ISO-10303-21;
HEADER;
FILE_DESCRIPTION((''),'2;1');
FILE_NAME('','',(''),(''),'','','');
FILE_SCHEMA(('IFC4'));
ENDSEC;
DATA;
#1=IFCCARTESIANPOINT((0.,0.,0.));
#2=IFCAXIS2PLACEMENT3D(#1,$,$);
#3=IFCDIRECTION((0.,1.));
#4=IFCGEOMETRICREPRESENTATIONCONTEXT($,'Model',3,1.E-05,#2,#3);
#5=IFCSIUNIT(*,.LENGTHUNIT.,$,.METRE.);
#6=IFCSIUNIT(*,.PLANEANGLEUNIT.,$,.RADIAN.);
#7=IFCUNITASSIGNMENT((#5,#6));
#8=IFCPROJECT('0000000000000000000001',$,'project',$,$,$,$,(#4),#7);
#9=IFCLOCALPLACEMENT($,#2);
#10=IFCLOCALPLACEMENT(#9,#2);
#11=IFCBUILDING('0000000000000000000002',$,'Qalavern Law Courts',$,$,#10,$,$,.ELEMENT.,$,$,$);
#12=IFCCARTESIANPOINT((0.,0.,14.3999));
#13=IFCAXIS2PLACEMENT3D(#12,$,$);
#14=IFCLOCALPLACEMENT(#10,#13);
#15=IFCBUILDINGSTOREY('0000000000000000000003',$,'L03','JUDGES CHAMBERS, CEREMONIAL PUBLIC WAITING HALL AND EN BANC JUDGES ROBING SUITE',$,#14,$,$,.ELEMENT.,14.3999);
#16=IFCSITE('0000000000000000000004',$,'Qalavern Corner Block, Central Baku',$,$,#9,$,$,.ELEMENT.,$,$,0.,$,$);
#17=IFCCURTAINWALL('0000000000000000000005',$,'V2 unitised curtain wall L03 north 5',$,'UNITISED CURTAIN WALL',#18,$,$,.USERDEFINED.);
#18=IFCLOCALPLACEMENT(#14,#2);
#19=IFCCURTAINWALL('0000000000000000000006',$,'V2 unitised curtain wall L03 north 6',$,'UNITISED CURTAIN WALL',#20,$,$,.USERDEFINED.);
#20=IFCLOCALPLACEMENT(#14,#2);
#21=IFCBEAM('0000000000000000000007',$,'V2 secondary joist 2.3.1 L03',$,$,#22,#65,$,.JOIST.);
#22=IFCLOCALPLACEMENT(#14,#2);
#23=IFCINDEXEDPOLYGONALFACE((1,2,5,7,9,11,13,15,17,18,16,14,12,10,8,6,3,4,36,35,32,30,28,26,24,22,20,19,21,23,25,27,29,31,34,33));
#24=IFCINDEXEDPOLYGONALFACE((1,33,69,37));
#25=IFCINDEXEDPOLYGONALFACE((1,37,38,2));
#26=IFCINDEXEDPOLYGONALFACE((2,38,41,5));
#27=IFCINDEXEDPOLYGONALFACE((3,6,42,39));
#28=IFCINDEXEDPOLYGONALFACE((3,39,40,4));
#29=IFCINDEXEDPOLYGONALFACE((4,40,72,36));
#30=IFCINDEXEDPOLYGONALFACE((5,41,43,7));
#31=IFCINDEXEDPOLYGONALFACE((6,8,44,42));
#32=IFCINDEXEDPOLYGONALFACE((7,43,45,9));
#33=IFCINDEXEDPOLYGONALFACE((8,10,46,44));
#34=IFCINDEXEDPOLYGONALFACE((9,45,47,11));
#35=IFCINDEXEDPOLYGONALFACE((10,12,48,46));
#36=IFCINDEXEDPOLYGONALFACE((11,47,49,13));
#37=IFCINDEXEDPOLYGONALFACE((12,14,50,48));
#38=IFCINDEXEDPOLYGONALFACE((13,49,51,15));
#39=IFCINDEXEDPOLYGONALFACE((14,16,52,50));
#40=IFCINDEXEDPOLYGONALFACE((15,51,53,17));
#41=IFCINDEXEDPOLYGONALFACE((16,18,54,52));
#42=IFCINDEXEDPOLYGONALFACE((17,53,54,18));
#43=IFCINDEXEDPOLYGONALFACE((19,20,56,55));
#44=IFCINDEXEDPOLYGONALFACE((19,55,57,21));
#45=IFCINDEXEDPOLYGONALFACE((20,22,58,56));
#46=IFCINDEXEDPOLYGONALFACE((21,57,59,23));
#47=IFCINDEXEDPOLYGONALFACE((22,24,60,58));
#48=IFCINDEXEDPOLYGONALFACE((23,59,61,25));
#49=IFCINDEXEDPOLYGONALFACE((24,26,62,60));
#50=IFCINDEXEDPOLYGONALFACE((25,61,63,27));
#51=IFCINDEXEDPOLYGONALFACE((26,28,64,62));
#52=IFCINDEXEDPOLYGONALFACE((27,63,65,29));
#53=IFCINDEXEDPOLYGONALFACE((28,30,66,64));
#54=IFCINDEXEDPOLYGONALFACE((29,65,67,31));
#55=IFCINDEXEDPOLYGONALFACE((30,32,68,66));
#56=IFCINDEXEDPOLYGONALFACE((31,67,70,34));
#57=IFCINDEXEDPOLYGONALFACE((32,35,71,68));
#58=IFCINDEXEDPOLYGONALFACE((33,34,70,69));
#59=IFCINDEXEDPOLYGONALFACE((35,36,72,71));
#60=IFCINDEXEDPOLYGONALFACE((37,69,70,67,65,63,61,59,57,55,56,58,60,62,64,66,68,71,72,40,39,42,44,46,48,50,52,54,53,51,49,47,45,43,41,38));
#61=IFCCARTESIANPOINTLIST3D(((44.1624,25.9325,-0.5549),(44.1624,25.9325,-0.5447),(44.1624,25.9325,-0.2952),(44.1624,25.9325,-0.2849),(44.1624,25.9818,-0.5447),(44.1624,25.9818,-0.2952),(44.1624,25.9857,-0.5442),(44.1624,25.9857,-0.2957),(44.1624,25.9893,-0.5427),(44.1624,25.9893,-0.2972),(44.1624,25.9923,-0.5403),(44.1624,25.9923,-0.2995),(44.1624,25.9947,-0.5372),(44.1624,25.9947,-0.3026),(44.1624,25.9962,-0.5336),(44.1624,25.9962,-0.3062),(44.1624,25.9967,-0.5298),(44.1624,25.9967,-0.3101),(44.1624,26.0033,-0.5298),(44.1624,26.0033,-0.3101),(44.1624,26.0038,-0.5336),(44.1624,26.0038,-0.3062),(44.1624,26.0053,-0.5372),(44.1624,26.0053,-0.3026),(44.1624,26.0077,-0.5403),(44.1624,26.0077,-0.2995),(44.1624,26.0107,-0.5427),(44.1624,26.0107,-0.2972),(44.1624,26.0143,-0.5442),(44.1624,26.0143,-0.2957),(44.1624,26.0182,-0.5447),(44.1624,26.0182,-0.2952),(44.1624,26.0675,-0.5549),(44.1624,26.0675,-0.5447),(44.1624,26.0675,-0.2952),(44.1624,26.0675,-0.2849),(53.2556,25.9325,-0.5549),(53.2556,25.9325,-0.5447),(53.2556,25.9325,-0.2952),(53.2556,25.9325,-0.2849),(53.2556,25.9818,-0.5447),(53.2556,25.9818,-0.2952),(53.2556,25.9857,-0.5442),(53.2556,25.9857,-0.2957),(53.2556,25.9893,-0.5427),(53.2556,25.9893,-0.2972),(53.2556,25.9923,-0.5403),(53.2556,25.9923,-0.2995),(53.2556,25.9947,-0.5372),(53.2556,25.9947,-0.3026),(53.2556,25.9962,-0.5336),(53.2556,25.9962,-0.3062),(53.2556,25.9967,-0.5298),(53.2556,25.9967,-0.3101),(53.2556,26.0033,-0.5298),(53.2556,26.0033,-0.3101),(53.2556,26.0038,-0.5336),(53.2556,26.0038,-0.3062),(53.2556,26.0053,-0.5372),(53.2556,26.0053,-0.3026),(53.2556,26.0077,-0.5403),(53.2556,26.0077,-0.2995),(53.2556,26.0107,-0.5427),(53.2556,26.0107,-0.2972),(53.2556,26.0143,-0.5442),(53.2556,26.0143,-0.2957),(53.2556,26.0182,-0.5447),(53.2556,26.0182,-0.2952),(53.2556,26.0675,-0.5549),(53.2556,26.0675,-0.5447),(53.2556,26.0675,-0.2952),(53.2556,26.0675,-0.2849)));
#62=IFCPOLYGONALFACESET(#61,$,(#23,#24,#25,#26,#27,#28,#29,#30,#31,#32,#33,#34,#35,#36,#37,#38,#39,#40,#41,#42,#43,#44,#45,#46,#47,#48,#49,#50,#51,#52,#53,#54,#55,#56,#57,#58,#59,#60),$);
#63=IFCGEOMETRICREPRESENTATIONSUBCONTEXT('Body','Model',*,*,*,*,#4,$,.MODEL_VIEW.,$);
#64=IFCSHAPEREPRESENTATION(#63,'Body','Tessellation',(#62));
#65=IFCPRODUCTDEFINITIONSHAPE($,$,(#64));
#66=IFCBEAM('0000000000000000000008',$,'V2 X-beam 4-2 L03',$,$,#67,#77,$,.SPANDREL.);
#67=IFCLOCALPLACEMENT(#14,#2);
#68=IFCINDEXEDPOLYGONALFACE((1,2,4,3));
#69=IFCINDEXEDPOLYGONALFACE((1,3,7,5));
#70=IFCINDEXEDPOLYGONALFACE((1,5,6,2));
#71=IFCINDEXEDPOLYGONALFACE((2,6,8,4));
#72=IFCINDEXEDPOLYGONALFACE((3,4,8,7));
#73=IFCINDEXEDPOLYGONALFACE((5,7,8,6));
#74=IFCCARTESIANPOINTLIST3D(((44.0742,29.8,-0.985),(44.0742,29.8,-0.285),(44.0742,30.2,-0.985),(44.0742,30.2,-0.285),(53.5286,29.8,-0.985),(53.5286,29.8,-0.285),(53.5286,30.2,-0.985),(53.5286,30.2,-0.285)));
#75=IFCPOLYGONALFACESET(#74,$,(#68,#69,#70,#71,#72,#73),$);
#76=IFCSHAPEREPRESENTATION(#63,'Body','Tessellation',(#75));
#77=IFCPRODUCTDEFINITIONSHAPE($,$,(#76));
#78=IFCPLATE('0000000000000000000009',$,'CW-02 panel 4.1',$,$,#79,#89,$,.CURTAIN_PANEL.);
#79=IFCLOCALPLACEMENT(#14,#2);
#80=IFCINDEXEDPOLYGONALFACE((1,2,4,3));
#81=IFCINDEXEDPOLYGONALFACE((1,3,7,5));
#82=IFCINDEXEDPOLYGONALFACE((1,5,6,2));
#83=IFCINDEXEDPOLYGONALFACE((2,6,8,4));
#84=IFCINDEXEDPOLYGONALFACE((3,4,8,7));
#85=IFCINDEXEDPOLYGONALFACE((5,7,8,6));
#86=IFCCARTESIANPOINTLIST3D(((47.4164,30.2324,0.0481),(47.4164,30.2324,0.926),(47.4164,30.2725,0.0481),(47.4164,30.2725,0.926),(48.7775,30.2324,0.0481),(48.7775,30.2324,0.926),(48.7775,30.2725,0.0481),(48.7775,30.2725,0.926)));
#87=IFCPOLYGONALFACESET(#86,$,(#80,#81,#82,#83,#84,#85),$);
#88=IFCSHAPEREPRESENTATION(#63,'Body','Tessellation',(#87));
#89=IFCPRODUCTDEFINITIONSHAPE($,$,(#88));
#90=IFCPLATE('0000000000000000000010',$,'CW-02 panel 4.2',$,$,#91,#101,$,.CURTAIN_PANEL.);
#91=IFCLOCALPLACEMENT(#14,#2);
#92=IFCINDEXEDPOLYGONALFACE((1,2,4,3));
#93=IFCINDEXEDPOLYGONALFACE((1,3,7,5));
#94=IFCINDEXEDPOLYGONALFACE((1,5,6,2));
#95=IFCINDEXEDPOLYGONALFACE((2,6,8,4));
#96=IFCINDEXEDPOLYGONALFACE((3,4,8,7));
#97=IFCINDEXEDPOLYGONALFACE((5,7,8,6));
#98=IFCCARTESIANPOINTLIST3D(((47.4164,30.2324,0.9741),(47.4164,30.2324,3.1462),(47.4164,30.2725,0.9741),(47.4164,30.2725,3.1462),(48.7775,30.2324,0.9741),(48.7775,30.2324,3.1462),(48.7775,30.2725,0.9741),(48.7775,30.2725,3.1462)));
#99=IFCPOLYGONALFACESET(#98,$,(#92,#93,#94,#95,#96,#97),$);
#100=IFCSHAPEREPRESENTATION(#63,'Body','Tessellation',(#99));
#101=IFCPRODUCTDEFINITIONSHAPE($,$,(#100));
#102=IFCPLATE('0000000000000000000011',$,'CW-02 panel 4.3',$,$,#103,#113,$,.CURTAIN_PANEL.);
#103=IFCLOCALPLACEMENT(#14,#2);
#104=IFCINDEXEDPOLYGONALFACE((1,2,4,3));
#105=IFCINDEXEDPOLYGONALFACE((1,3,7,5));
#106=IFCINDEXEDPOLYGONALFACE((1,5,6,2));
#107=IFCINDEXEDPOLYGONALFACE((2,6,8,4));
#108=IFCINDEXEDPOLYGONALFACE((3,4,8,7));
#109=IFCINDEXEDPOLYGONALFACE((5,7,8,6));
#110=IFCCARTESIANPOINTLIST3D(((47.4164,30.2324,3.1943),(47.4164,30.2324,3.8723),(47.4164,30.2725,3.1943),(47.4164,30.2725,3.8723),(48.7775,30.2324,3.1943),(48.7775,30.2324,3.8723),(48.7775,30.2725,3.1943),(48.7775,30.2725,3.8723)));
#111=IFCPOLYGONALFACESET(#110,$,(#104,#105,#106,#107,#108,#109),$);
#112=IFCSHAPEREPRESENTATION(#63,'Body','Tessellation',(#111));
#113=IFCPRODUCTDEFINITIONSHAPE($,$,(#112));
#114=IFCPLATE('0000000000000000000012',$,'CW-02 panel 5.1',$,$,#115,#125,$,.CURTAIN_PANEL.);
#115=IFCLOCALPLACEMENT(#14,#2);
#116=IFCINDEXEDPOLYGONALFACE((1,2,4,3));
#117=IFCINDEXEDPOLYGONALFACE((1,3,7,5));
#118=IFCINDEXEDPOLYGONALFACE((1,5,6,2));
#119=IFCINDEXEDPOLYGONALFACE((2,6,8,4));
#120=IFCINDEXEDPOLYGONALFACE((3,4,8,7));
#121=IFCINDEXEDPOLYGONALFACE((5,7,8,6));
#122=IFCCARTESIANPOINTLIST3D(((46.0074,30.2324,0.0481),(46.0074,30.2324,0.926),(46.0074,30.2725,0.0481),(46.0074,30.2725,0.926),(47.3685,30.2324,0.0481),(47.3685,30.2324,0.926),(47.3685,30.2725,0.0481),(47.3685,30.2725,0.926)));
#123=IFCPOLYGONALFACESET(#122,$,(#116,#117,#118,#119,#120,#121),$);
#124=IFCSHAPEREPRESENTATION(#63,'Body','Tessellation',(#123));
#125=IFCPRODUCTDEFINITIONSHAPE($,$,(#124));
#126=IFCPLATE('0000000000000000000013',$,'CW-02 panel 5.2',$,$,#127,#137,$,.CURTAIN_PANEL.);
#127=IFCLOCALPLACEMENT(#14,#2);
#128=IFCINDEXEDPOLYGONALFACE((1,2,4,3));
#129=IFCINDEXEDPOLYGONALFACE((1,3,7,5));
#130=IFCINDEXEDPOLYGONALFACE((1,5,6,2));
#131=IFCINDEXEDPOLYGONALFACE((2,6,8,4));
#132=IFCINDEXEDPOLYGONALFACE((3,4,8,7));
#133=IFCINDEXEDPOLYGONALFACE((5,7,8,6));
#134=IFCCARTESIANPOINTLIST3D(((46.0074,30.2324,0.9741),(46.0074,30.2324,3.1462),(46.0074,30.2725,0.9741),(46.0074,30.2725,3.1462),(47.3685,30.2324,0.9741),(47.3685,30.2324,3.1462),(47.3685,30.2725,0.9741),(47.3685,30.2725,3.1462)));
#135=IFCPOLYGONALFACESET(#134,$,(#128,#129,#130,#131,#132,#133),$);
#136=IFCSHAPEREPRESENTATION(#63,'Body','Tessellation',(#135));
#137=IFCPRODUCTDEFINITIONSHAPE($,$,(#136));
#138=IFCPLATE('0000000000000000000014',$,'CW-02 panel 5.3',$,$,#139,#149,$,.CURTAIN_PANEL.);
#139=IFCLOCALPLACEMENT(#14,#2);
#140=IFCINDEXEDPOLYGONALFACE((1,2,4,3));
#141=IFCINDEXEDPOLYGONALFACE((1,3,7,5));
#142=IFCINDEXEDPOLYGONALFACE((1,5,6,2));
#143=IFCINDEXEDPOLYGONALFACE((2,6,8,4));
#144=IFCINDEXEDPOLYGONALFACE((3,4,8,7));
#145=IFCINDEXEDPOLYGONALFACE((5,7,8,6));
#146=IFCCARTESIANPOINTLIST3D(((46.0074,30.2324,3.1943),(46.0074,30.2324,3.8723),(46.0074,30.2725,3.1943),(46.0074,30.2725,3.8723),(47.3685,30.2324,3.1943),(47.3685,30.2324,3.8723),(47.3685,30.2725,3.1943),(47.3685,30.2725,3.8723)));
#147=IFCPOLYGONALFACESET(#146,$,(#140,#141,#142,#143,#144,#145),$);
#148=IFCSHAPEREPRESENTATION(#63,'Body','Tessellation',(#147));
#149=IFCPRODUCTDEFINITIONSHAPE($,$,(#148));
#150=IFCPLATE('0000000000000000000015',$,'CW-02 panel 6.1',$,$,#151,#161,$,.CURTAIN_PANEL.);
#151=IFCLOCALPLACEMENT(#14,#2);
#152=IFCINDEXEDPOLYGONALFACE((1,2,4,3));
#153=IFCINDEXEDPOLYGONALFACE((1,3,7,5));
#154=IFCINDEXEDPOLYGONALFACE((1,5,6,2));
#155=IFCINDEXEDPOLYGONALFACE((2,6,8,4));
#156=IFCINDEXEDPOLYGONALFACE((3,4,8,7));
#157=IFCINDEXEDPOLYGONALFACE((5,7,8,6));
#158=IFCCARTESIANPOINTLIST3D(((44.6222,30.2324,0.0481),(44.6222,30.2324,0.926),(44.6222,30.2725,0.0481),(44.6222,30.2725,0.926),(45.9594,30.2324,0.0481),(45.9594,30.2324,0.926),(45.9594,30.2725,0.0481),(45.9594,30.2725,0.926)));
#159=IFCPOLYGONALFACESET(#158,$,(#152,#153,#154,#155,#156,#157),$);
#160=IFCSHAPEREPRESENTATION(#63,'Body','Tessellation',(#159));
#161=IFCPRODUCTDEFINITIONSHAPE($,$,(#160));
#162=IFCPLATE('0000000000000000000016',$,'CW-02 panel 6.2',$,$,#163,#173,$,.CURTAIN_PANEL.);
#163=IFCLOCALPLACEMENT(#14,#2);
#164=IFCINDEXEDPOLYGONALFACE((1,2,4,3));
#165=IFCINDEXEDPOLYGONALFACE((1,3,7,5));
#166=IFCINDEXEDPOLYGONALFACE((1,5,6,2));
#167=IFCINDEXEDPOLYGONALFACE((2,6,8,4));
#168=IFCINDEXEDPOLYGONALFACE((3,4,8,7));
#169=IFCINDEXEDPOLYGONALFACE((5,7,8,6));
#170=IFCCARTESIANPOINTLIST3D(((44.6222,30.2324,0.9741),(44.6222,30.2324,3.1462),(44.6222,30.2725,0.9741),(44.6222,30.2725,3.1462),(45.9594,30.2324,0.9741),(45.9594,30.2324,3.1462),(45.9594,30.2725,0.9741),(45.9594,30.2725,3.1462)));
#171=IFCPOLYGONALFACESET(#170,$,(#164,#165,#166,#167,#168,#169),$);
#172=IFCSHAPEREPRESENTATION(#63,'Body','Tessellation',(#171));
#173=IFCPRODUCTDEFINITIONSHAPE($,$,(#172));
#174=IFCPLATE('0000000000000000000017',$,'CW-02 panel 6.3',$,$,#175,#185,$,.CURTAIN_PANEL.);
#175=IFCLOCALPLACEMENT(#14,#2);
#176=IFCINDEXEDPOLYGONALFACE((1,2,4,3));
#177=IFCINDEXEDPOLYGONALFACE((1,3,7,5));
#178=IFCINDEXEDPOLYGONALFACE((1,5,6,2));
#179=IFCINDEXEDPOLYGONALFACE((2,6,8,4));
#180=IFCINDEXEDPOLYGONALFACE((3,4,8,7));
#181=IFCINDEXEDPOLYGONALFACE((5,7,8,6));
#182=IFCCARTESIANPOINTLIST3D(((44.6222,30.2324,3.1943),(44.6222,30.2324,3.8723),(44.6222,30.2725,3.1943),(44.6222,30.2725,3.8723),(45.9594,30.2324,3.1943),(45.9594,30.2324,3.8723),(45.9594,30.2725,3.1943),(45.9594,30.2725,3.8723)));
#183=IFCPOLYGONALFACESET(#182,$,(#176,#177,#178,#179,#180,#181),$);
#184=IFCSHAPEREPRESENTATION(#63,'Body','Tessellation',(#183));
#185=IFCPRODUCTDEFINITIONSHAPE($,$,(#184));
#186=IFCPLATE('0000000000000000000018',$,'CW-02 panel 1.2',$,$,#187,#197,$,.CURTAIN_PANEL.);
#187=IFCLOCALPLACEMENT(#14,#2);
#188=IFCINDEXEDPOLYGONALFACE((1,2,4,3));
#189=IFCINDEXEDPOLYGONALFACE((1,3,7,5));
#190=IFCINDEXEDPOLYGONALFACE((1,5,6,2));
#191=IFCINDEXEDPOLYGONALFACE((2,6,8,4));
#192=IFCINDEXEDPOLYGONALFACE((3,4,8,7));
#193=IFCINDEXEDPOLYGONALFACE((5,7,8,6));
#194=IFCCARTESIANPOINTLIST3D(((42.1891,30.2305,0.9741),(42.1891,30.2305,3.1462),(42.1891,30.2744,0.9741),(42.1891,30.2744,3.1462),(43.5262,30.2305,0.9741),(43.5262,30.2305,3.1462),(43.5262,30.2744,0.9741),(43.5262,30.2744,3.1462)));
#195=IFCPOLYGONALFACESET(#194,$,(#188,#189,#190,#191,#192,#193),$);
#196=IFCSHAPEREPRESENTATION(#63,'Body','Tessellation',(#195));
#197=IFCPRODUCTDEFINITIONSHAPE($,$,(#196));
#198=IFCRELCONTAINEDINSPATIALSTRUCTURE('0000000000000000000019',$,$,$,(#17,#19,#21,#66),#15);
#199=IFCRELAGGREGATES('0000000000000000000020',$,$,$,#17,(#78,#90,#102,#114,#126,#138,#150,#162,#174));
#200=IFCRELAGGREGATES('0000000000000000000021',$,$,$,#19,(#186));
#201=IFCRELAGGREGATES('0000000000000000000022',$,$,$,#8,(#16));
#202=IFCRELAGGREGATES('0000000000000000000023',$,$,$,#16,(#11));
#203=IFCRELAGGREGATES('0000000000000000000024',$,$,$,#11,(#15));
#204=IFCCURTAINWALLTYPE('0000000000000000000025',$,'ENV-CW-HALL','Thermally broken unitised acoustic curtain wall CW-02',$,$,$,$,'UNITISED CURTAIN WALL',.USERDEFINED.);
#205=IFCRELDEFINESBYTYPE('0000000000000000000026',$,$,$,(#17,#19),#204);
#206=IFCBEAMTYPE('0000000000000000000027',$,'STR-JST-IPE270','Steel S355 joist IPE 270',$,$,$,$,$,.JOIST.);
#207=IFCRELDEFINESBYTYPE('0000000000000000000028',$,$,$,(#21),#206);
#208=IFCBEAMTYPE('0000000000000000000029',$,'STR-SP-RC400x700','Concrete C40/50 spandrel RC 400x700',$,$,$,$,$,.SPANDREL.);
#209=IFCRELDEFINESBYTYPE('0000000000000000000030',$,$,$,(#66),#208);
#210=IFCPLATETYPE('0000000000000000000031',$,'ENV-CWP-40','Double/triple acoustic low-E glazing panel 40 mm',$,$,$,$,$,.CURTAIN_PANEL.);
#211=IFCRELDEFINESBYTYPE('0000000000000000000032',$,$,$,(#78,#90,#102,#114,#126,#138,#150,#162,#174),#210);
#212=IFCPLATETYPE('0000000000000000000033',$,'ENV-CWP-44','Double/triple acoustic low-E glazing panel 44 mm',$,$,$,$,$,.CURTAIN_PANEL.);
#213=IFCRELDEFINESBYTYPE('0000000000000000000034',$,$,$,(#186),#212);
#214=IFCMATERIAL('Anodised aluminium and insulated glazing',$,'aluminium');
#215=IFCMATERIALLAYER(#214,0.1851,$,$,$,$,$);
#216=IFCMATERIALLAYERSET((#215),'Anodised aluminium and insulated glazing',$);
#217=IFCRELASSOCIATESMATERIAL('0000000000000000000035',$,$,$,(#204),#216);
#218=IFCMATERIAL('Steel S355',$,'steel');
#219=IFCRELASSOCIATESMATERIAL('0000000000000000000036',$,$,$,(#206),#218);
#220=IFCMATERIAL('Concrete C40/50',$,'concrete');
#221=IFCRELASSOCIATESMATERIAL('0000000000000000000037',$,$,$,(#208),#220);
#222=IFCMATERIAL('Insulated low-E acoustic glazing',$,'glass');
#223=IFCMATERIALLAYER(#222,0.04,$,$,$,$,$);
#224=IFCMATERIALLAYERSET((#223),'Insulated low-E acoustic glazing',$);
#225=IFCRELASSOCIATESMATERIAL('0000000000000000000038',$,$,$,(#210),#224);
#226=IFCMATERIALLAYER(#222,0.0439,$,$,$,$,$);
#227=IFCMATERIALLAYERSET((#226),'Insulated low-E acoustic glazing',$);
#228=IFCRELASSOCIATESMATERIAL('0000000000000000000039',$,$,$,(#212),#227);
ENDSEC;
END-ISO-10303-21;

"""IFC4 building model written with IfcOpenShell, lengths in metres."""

from ifc_helpers import new_model, si_unit, direction, frame, origin, origin_2d, place, context, subcontext, project, spatial, rectangle, i_section, extrude, material, layer, layer_set, material_profile, profile_set, type_object, element, aggregate, save


model = new_model("IFC4")

# Units and contexts
model_context = context("Model", 3, precision=1e-05, world=origin(), true_north=direction((0.0, 1.0)))
body_context = subcontext(model_context, "Body", "Model", "MODEL_VIEW")
ifc_project = project(units=[si_unit("LENGTHUNIT", "METRE"), si_unit("PLANEANGLEUNIT", "RADIAN")], contexts=[model_context])

# Site, building, storey
site_placement = place(None, origin())
site = spatial("IfcSite", under=ifc_project, at=site_placement, Name="Qalavern Corner Block, Central Baku", CompositionType="ELEMENT", RefElevation=0.0)
building_placement = place(site_placement, origin())
building = spatial("IfcBuilding", under=site, at=building_placement, Name="Qalavern Law Courts", CompositionType="ELEMENT")
storey_placement = place(building_placement, frame((0.0, 0.0, 14.3999)))
storey = spatial("IfcBuildingStorey", under=building, at=storey_placement, Name="L03", Description="JUDGES CHAMBERS, CEREMONIAL PUBLIC WAITING HALL AND EN BANC JUDGES ROBING SUITE", CompositionType="ELEMENT", Elevation=14.3999)

# Curtain wall
ifc_material_1 = material(Name="Anodised aluminium and insulated glazing", Category="aluminium")
ifc_layer_1 = layer(ifc_material_1, 0.1851)
ifc_layer_set_1 = layer_set([ifc_layer_1], Name="Anodised aluminium and insulated glazing")
curtain_wall_type = type_object("IfcCurtainWallType", Name="ENV-CW-HALL", Description="Thermally broken unitised acoustic curtain wall CW-02", ElementType="UNITISED CURTAIN WALL", PredefinedType="USERDEFINED", material=ifc_layer_set_1)
curtain_wall_1_placement = place(storey_placement, origin())
curtain_wall_1 = element("IfcCurtainWall", 1, at=curtain_wall_1_placement, inside=storey, type_object=curtain_wall_type, Name="V2 unitised curtain wall L03 north 5", ObjectType="UNITISED CURTAIN WALL", PredefinedType="USERDEFINED")

# Curtain wall
curtain_wall_2_placement = place(storey_placement, origin())
curtain_wall_2 = element("IfcCurtainWall", 2, at=curtain_wall_2_placement, inside=storey, type_object=curtain_wall_type, Name="V2 unitised curtain wall L03 north 6", ObjectType="UNITISED CURTAIN WALL", PredefinedType="USERDEFINED")

# Beams
ifc_material_2 = material(Name="Steel S355", Category="steel")
ifc_material_3 = material(Name="Concrete C40/50", Category="concrete")
ifc_material_profile_1 = material_profile(ifc_material_2, i_section(OverallWidth=0.135, OverallDepth=0.27, WebThickness=0.0066, FlangeThickness=0.0103, FilletRadius=0.0149, at=origin_2d()), Name="IPE 270")
ifc_profile_set_1 = profile_set([ifc_material_profile_1], Name="Steel S355")
beam_type_1 = type_object("IfcBeamType", Name="STR-JST-IPE270", Description="Steel S355 joist IPE 270", PredefinedType="JOIST", material=ifc_profile_set_1)
beam_1_placement = place(storey_placement, frame((44.1624, 26.0, -0.4199), z_axis=(1.0, 0.0, 0.0), x_axis=(0.0, 1.0, 0.0)))
element("IfcBeam", 3, at=beam_1_placement, inside=storey, type_object=beam_type_1, Name="V2 secondary joist 2.3.1 L03", PredefinedType="JOIST", context=body_context, shape_type="SweptSolid", body=[
    extrude(i_section(OverallWidth=0.135, OverallDepth=0.27, WebThickness=0.0066, FlangeThickness=0.0103, FilletRadius=0.0149, at=origin_2d()), origin(), (0.0, 0.0, 1.0), 9.0933),
])
ifc_material_profile_2 = material_profile(ifc_material_3, rectangle(XDim=0.3999, YDim=0.7, at=origin_2d()), Name="RC 400x700")
ifc_profile_set_2 = profile_set([ifc_material_profile_2], Name="Concrete C40/50")
beam_type_2 = type_object("IfcBeamType", Name="STR-SP-RC400x700", Description="Concrete C40/50 spandrel RC 400x700", PredefinedType="SPANDREL", material=ifc_profile_set_2)
beam_2_placement = place(storey_placement, frame((44.0742, 30.0, -0.635), z_axis=(1.0, 0.0, 0.0), x_axis=(0.0, 1.0, 0.0)))
element("IfcBeam", 4, at=beam_2_placement, inside=storey, type_object=beam_type_2, Name="V2 X-beam 4-2 L03", PredefinedType="SPANDREL", context=body_context, shape_type="SweptSolid", body=[
    extrude(rectangle(XDim=0.3999, YDim=0.7, at=origin_2d()), origin(), (0.0, 0.0, 1.0), 9.4543),
])

# Plates
ifc_material_4 = material(Name="Insulated low-E acoustic glazing", Category="glass")
ifc_layer_2 = layer(ifc_material_4, 0.04)
ifc_layer_set_2 = layer_set([ifc_layer_2], Name="Insulated low-E acoustic glazing")
plate_type_1 = type_object("IfcPlateType", Name="ENV-CWP-40", Description="Double/triple acoustic low-E glazing panel 40 mm", PredefinedType="CURTAIN_PANEL", material=ifc_layer_set_2)
plate_1_placement = place(storey_placement, frame((48.0969, 30.2524, 0.0481), z_axis=(0.0, 0.0, 1.0), x_axis=(-1.0, 0.0, 0.0)))
plate_1 = element("IfcPlate", 5, at=plate_1_placement, type_object=plate_type_1, Name="CW-02 panel 4.1", PredefinedType="CURTAIN_PANEL", context=body_context, shape_type="SweptSolid", body=[
    extrude(rectangle(XDim=1.3611, YDim=0.04, at=origin_2d()), origin(), (0.0, 0.0, 1.0), 0.8779),
])
plate_2_placement = place(storey_placement, frame((48.0969, 30.2524, 0.9741), z_axis=(0.0, 0.0, 1.0), x_axis=(-1.0, 0.0, 0.0)))
plate_2 = element("IfcPlate", 6, at=plate_2_placement, type_object=plate_type_1, Name="CW-02 panel 4.2", PredefinedType="CURTAIN_PANEL", context=body_context, shape_type="SweptSolid", body=[
    extrude(rectangle(XDim=1.3611, YDim=0.04, at=origin_2d()), origin(), (0.0, 0.0, 1.0), 2.1721),
])
plate_3_placement = place(storey_placement, frame((48.0969, 30.2524, 3.1943), z_axis=(0.0, 0.0, 1.0), x_axis=(-1.0, 0.0, 0.0)))
plate_3 = element("IfcPlate", 7, at=plate_3_placement, type_object=plate_type_1, Name="CW-02 panel 4.3", PredefinedType="CURTAIN_PANEL", context=body_context, shape_type="SweptSolid", body=[
    extrude(rectangle(XDim=1.3611, YDim=0.04, at=origin_2d()), origin(), (0.0, 0.0, 1.0), 0.678),
])
plate_4_placement = place(storey_placement, frame((46.688, 30.2524, 0.0481), z_axis=(0.0, 0.0, 1.0), x_axis=(-1.0, 0.0, 0.0)))
plate_4 = element("IfcPlate", 8, at=plate_4_placement, type_object=plate_type_1, Name="CW-02 panel 5.1", PredefinedType="CURTAIN_PANEL", context=body_context, shape_type="SweptSolid", body=[
    extrude(rectangle(XDim=1.3611, YDim=0.04, at=origin_2d()), origin(), (0.0, 0.0, 1.0), 0.8779),
])
plate_5_placement = place(storey_placement, frame((46.688, 30.2524, 0.9741), z_axis=(0.0, 0.0, 1.0), x_axis=(-1.0, 0.0, 0.0)))
plate_5 = element("IfcPlate", 9, at=plate_5_placement, type_object=plate_type_1, Name="CW-02 panel 5.2", PredefinedType="CURTAIN_PANEL", context=body_context, shape_type="SweptSolid", body=[
    extrude(rectangle(XDim=1.3611, YDim=0.04, at=origin_2d()), origin(), (0.0, 0.0, 1.0), 2.1721),
])
plate_6_placement = place(storey_placement, frame((46.688, 30.2524, 3.1943), z_axis=(0.0, 0.0, 1.0), x_axis=(-1.0, 0.0, 0.0)))
plate_6 = element("IfcPlate", 10, at=plate_6_placement, type_object=plate_type_1, Name="CW-02 panel 5.3", PredefinedType="CURTAIN_PANEL", context=body_context, shape_type="SweptSolid", body=[
    extrude(rectangle(XDim=1.3611, YDim=0.04, at=origin_2d()), origin(), (0.0, 0.0, 1.0), 0.678),
])
plate_7_placement = place(storey_placement, frame((45.2908, 30.2524, 0.0481), z_axis=(0.0, 0.0, 1.0), x_axis=(-1.0, 0.0, 0.0)))
plate_7 = element("IfcPlate", 11, at=plate_7_placement, type_object=plate_type_1, Name="CW-02 panel 6.1", PredefinedType="CURTAIN_PANEL", context=body_context, shape_type="SweptSolid", body=[
    extrude(rectangle(XDim=1.3372, YDim=0.04, at=origin_2d()), origin(), (0.0, 0.0, 1.0), 0.8779),
])
plate_8_placement = place(storey_placement, frame((45.2908, 30.2524, 0.9741), z_axis=(0.0, 0.0, 1.0), x_axis=(-1.0, 0.0, 0.0)))
plate_8 = element("IfcPlate", 12, at=plate_8_placement, type_object=plate_type_1, Name="CW-02 panel 6.2", PredefinedType="CURTAIN_PANEL", context=body_context, shape_type="SweptSolid", body=[
    extrude(rectangle(XDim=1.3372, YDim=0.04, at=origin_2d()), origin(), (0.0, 0.0, 1.0), 2.1721),
])
plate_9_placement = place(storey_placement, frame((45.2908, 30.2524, 3.1943), z_axis=(0.0, 0.0, 1.0), x_axis=(-1.0, 0.0, 0.0)))
plate_9 = element("IfcPlate", 13, at=plate_9_placement, type_object=plate_type_1, Name="CW-02 panel 6.3", PredefinedType="CURTAIN_PANEL", context=body_context, shape_type="SweptSolid", body=[
    extrude(rectangle(XDim=1.3372, YDim=0.04, at=origin_2d()), origin(), (0.0, 0.0, 1.0), 0.678),
])
aggregate(curtain_wall_1, [plate_1, plate_2, plate_3, plate_4, plate_5, plate_6, plate_7, plate_8, plate_9])
ifc_layer_3 = layer(ifc_material_4, 0.0439)
ifc_layer_set_3 = layer_set([ifc_layer_3], Name="Insulated low-E acoustic glazing")
plate_type_2 = type_object("IfcPlateType", Name="ENV-CWP-44", Description="Double/triple acoustic low-E glazing panel 44 mm", PredefinedType="CURTAIN_PANEL", material=ifc_layer_set_3)
plate_10_placement = place(storey_placement, frame((42.8577, 30.2524, 0.9741), z_axis=(0.0, 0.0, 1.0), x_axis=(-1.0, 0.0, 0.0)))
plate_10 = element("IfcPlate", 14, at=plate_10_placement, type_object=plate_type_2, Name="CW-02 panel 1.2", PredefinedType="CURTAIN_PANEL", context=body_context, shape_type="SweptSolid", body=[
    extrude(rectangle(XDim=1.3372, YDim=0.0439, at=origin_2d()), origin(), (0.0, 0.0, 1.0), 2.1721),
])
aggregate(curtain_wall_2, [plate_10])

save(model, "model.ifc")
